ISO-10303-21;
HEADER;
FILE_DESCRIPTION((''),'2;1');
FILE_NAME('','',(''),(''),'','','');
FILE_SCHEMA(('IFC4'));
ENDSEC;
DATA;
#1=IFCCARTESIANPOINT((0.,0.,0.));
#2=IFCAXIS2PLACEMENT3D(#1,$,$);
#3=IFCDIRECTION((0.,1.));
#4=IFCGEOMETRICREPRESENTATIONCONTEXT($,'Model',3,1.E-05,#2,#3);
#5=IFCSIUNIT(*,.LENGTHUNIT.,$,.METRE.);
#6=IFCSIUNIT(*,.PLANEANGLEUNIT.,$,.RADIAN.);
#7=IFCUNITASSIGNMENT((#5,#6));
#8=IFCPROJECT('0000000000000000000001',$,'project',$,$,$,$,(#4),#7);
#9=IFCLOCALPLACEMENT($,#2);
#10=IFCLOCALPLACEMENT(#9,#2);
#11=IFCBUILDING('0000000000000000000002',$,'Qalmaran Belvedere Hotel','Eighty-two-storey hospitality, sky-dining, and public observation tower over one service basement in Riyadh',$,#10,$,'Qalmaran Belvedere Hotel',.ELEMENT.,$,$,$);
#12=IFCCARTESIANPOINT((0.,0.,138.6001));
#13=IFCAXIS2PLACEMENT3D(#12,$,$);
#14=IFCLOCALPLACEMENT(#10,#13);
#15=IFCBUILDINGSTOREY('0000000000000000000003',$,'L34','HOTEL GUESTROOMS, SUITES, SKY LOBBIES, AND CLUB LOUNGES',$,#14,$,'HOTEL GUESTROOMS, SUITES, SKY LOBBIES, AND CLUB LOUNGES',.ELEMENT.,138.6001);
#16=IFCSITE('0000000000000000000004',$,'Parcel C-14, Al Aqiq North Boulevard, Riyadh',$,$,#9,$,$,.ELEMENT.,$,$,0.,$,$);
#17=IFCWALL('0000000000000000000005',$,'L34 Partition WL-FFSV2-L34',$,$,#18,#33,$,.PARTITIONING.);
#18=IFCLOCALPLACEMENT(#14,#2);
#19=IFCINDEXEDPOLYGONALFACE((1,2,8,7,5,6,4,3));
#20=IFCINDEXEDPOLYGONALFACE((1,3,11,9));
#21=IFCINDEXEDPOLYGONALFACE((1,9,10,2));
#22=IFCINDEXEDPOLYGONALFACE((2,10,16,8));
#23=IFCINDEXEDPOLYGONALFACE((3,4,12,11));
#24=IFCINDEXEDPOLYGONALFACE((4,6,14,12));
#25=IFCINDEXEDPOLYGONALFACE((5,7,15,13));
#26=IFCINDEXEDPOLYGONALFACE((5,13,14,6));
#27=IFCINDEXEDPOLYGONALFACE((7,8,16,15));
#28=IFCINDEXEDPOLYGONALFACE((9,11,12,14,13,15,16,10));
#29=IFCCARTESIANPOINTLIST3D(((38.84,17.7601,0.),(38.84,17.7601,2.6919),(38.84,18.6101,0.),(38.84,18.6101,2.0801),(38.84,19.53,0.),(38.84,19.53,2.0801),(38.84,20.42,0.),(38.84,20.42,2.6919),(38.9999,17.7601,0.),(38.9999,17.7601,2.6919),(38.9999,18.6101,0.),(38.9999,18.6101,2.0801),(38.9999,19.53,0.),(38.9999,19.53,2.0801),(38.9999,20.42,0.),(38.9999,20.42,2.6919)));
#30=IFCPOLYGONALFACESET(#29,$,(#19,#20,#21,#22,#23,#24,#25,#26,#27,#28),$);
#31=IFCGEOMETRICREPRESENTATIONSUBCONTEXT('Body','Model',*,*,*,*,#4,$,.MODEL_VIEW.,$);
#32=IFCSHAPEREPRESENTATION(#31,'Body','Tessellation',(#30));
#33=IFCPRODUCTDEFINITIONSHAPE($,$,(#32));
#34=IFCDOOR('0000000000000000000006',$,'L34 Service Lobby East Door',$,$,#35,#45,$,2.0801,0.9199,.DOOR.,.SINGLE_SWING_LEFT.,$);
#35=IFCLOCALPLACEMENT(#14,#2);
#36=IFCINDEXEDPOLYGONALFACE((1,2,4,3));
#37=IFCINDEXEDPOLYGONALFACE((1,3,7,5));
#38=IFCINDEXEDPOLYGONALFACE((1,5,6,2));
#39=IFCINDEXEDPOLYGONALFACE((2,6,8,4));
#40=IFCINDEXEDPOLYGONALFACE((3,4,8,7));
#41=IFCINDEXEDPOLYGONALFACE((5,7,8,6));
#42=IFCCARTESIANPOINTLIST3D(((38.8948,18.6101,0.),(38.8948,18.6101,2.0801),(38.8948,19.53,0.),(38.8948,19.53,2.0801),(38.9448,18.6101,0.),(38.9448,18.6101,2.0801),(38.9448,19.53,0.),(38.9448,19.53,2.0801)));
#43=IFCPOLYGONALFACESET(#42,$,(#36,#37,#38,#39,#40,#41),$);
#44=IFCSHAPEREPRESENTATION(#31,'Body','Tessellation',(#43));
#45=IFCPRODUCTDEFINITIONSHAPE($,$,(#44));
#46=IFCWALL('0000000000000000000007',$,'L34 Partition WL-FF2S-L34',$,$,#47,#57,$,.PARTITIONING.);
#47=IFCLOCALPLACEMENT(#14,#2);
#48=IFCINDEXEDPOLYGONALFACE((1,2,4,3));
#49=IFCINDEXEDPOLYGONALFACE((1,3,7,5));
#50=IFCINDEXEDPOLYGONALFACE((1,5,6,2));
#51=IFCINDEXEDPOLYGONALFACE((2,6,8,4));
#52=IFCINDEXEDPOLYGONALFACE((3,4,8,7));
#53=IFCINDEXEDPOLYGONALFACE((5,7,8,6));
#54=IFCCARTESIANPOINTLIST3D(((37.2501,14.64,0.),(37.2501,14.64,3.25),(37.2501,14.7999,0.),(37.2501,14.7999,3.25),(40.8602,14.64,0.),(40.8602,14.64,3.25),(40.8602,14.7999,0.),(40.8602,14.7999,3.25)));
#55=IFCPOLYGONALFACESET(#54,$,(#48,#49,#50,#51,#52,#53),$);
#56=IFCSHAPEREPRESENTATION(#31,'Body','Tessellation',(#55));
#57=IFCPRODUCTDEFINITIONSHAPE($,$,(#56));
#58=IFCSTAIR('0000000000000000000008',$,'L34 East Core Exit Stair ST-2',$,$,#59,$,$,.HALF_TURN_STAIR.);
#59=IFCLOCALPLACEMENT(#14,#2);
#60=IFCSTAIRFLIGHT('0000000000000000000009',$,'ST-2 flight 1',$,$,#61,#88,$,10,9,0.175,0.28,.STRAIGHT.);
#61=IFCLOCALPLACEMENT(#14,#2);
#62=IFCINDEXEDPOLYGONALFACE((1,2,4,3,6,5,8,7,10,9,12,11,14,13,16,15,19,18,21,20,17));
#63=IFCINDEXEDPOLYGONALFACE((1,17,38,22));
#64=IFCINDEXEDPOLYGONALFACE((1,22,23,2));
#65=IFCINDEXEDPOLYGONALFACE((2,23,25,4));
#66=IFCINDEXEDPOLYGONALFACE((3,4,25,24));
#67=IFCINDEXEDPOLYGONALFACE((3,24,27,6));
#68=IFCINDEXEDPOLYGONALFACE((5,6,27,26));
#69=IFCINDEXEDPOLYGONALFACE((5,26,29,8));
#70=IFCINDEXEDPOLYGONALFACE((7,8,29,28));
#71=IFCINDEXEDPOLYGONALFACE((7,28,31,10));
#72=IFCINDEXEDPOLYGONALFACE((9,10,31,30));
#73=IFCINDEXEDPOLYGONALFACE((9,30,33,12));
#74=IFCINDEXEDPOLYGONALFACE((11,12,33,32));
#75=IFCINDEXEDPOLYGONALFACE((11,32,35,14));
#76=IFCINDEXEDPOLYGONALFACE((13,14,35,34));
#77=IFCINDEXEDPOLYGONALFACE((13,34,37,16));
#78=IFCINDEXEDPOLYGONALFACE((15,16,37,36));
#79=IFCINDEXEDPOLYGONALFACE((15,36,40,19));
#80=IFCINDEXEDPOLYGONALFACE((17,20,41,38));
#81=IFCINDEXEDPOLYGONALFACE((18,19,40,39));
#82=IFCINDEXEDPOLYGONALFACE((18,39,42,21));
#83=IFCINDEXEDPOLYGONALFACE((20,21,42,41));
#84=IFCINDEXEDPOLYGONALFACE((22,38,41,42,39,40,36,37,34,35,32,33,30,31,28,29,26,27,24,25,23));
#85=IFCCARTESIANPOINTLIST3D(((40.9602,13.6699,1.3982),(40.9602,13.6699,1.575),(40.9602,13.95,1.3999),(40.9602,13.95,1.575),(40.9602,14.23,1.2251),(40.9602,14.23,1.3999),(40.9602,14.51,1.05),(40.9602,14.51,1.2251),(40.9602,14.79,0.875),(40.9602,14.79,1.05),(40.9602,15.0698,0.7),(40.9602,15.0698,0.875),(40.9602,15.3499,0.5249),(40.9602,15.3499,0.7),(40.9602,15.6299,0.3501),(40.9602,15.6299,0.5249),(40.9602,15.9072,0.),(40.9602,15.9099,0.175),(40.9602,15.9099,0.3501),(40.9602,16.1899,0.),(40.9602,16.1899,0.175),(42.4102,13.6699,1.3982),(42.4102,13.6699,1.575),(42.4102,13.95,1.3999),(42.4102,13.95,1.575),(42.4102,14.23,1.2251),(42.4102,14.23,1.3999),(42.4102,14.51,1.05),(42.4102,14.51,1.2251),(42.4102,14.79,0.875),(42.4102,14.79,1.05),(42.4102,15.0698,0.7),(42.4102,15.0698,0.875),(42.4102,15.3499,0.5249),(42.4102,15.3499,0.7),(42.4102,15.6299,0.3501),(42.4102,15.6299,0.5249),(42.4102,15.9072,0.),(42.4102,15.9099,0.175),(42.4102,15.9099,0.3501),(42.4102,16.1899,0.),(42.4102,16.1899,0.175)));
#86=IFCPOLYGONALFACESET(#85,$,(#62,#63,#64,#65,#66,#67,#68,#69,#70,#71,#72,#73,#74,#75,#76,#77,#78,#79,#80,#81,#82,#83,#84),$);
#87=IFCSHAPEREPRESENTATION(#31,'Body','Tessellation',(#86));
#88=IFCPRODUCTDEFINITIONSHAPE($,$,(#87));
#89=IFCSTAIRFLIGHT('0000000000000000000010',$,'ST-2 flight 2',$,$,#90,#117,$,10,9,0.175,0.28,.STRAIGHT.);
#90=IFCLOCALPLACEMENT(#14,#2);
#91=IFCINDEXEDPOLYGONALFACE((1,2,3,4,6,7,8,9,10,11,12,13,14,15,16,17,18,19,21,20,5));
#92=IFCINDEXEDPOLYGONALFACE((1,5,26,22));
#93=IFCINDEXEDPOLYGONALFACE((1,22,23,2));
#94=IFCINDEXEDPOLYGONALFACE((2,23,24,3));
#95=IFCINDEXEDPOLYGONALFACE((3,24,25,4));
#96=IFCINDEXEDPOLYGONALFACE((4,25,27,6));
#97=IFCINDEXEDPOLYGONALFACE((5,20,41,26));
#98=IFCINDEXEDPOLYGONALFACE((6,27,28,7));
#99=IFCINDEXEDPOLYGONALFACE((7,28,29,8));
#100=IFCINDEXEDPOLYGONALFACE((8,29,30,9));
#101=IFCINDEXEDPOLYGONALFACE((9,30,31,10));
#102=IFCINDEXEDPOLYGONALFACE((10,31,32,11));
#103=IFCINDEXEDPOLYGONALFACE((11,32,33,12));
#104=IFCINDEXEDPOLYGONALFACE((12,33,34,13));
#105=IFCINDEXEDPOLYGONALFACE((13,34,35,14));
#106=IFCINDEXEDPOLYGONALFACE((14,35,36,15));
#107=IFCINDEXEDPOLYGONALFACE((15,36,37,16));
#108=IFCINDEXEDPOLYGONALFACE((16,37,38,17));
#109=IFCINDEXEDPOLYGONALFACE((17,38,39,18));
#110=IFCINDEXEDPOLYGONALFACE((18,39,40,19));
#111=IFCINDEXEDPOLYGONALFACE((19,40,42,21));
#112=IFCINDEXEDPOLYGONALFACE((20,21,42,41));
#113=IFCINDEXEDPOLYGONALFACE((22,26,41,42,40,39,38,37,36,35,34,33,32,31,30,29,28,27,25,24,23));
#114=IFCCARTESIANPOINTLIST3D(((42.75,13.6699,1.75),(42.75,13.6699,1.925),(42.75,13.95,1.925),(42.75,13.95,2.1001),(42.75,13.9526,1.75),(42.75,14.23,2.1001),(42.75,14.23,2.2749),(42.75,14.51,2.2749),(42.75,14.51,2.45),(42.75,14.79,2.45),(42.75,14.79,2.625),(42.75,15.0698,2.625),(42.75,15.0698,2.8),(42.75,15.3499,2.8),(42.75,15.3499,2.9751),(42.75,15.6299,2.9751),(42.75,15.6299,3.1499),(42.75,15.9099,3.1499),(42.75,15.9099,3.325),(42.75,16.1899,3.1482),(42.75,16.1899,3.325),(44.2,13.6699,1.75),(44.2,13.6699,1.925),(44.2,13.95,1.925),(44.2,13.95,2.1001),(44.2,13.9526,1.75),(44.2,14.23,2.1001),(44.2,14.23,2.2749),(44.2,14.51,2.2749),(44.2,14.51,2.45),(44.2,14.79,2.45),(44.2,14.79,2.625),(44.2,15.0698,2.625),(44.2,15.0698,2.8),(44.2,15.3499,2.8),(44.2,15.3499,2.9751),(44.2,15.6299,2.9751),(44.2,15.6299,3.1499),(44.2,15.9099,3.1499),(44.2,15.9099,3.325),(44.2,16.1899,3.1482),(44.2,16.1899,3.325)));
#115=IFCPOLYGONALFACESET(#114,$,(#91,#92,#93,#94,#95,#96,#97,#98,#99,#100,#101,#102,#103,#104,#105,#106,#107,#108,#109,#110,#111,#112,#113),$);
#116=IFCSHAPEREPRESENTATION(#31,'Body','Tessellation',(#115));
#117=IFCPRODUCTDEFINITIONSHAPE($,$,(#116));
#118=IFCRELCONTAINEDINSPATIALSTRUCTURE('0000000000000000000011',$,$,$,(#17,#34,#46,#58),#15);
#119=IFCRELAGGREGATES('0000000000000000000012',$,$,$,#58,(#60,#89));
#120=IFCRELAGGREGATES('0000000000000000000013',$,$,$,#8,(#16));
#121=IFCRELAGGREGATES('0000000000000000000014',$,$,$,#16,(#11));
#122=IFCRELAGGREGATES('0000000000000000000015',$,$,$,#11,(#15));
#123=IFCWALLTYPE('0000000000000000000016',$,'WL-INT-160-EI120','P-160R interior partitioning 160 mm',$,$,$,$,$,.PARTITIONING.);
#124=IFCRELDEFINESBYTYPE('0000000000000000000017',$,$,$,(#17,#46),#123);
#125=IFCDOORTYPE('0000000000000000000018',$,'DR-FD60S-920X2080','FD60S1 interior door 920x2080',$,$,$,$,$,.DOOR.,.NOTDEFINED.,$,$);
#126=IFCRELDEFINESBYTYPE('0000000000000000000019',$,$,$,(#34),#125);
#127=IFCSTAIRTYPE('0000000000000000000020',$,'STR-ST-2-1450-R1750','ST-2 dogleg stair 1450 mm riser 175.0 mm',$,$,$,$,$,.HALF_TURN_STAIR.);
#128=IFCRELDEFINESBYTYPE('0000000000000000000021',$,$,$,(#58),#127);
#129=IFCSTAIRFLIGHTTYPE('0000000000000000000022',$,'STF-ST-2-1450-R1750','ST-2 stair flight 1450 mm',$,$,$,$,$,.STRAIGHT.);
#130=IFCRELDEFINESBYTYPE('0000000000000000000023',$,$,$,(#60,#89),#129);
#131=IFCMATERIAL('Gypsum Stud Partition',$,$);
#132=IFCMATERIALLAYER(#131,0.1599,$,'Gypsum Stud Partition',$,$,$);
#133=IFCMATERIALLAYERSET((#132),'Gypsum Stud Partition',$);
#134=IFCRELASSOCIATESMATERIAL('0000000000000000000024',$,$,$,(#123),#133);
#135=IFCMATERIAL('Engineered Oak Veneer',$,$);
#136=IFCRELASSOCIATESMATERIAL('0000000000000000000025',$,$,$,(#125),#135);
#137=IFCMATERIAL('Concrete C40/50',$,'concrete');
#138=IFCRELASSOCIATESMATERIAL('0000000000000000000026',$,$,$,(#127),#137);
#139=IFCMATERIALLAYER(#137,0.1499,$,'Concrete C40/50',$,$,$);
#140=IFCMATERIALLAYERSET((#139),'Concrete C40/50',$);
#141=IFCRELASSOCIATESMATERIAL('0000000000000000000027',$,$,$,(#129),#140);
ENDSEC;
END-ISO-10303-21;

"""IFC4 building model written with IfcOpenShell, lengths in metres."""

from ifc_helpers import new_model, si_unit, direction, frame, frame_2d, origin, place, context, subcontext, project, spatial, polyline, rectangle, outline, extrude, material, layer, layer_set, type_object, element, fill, aggregate, save


model = new_model("IFC4")

# Units and contexts
model_context = context("Model", 3, precision=1e-05, world=origin(), true_north=direction((0.0, 1.0)))
body_context = subcontext(model_context, "Body", "Model", "MODEL_VIEW")
ifc_project = project(units=[si_unit("LENGTHUNIT", "METRE"), si_unit("PLANEANGLEUNIT", "RADIAN")], contexts=[model_context])

# Site, building, storey
site_placement = place(None, origin())
site = spatial("IfcSite", under=ifc_project, at=site_placement, Name="Parcel C-14, Al Aqiq North Boulevard, Riyadh", CompositionType="ELEMENT", RefElevation=0.0)
building_placement = place(site_placement, origin())
building = spatial("IfcBuilding", under=site, at=building_placement, Name="Qalmaran Belvedere Hotel", Description="Eighty-two-storey hospitality, sky-dining, and public observation tower over one service basement in Riyadh", LongName="Qalmaran Belvedere Hotel", CompositionType="ELEMENT")
storey_placement = place(building_placement, frame((0.0, 0.0, 138.6001)))
storey = spatial("IfcBuildingStorey", under=building, at=storey_placement, Name="L34", Description="HOTEL GUESTROOMS, SUITES, SKY LOBBIES, AND CLUB LOUNGES", LongName="HOTEL GUESTROOMS, SUITES, SKY LOBBIES, AND CLUB LOUNGES", CompositionType="ELEMENT", Elevation=138.6001)

# Shared definitions
ifc_material_1 = material(Name="Gypsum Stud Partition")

# Wall, opening, door
ifc_layer_1 = layer(ifc_material_1, 0.1599, Name="Gypsum Stud Partition")
ifc_layer_set_1 = layer_set([ifc_layer_1], Name="Gypsum Stud Partition")
wall_type_1 = type_object("IfcWallType", Name="WL-INT-160-EI120", Description="P-160R interior partitioning 160 mm", PredefinedType="PARTITIONING", material=ifc_layer_set_1)
wall_1_placement = place(storey_placement, frame((38.9199, 17.76, 0.0), z_axis=(0.0, 0.0, 1.0), x_axis=(0.0, 1.0, 0.0)))
wall_1 = element("IfcWall", 1, at=wall_1_placement, inside=storey, type_object=wall_type_1, Name="L34 Partition WL-FFSV2-L34", PredefinedType="PARTITIONING", context=body_context, shape_type="SweptSolid", body=[
    extrude(rectangle(XDim=2.6599, YDim=0.1599, at=frame_2d((1.3301, 0.0))), origin(), (0.0, 0.0, 1.0), 2.6919),
])
opening_1_placement = place(wall_1_placement, frame((1.77, 0.0, 0.0), z_axis=(0.0, 0.0, 1.0), x_axis=(-1.0, 0.0, 0.0)))
opening_1 = element("IfcOpeningElement", 2, at=opening_1_placement, cuts=wall_1, PredefinedType="OPENING", context=body_context, shape_type="SweptSolid", body=[
    extrude(rectangle(XDim=0.9199, YDim=2.0801, at=frame_2d((0.46, 1.04))), frame((0.0, 0.0898, 0.0), z_axis=(0.0, -1.0, 0.0), x_axis=(1.0, 0.0, 0.0)), (0.0, 0.0, 1.0), 0.1799),
])
ifc_material_2 = material(Name="Engineered Oak Veneer")
door_type_1 = type_object("IfcDoorType", Name="DR-FD60S-920X2080", Description="FD60S1 interior door 920x2080", OperationType="NOTDEFINED", PredefinedType="DOOR", material=ifc_material_2)
door_1_placement = place(opening_1_placement, origin())
door_1 = element("IfcDoor", 3, at=door_1_placement, inside=storey, type_object=door_type_1, Name="L34 Service Lobby East Door", OperationType="SINGLE_SWING_LEFT", OverallHeight=2.0801, OverallWidth=0.9199, PredefinedType="DOOR", context=body_context, shape_type="SweptSolid", body=[
    extrude(rectangle(XDim=0.9199, YDim=2.0801, at=frame_2d((0.46, 1.04))), frame((0.0, 0.0249, 0.0), z_axis=(0.0, -1.0, 0.0), x_axis=(1.0, 0.0, 0.0)), (0.0, 0.0, 1.0), 0.05),
])
fill(opening_1, door_1)

# Wall
wall_2_placement = place(storey_placement, frame((37.25, 14.72, 0.0), z_axis=(0.0, 0.0, 1.0), x_axis=(1.0, 0.0, 0.0)))
element("IfcWall", 4, at=wall_2_placement, inside=storey, type_object=wall_type_1, Name="L34 Partition WL-FF2S-L34", PredefinedType="PARTITIONING", context=body_context, shape_type="SweptSolid", body=[
    extrude(rectangle(XDim=3.6101, YDim=0.1599, at=frame_2d((1.8052, 0.0))), origin(), (0.0, 0.0, 1.0), 3.25),
])

# Stair, stair flights
ifc_material_3 = material(Name="Concrete C40/50", Category="concrete")
stair_type = type_object("IfcStairType", Name="STR-ST-2-1450-R1750", Description="ST-2 dogleg stair 1450 mm riser 175.0 mm", PredefinedType="HALF_TURN_STAIR", material=ifc_material_3)
stair_placement = place(storey_placement, origin())
stair = element("IfcStair", 5, at=stair_placement, inside=storey, type_object=stair_type, Name="L34 East Core Exit Stair ST-2", PredefinedType="HALF_TURN_STAIR")
ifc_layer_2 = layer(ifc_material_3, 0.1499, Name="Concrete C40/50")
ifc_layer_set_2 = layer_set([ifc_layer_2], Name="Concrete C40/50")
stair_flight_type = type_object("IfcStairFlightType", Name="STF-ST-2-1450-R1750", Description="ST-2 stair flight 1450 mm", PredefinedType="STRAIGHT", material=ifc_layer_set_2)
stair_flight_1_placement = place(storey_placement, frame((41.6851, 16.1899, 0.0), z_axis=(0.0, 0.0, 1.0), x_axis=(0.0, -1.0, 0.0)))
stair_flight_1 = element("IfcStairFlight", 6, at=stair_flight_1_placement, type_object=stair_flight_type, Name="ST-2 flight 1", NumberOfRisers=10, NumberOfTreads=9, PredefinedType="STRAIGHT", RiserHeight=0.175, TreadLength=0.28, context=body_context, shape_type="SweptSolid", body=[
    extrude(outline(polyline([(0.0, 0.0), (0.0, 0.175), (0.28, 0.175), (0.28, 0.3501), (0.5601, 0.3501), (0.5601, 0.5249), (0.8401, 0.5249), (0.8401, 0.7), (1.1201, 0.7), (1.1201, 0.875), (1.3999, 0.875), (1.3999, 1.05), (1.6799, 1.05), (1.6799, 1.2251), (1.96, 1.2251), (1.96, 1.3999), (2.24, 1.3999), (2.24, 1.575), (2.52, 1.575), (2.52, 1.75), (2.52, 1.3982), (0.2827, 0.0), (0.0, 0.0)])), frame((0.0, 0.7251, 0.0), z_axis=(0.0, -1.0, 0.0), x_axis=(1.0, 0.0, 0.0)), (0.0, 0.0, 1.0), 1.45),
])
stair_flight_2_placement = place(storey_placement, frame((43.4751, 13.6699, 1.75), z_axis=(0.0, 0.0, 1.0), x_axis=(0.0, 1.0, 0.0)))
stair_flight_2 = element("IfcStairFlight", 7, at=stair_flight_2_placement, type_object=stair_flight_type, Name="ST-2 flight 2", NumberOfRisers=10, NumberOfTreads=9, PredefinedType="STRAIGHT", RiserHeight=0.175, TreadLength=0.28, context=body_context, shape_type="SweptSolid", body=[
    extrude(outline(polyline([(0.0, 0.0), (0.0, 0.175), (0.28, 0.175), (0.28, 0.3501), (0.5601, 0.3501), (0.5601, 0.5249), (0.8401, 0.5249), (0.8401, 0.7), (1.1201, 0.7), (1.1201, 0.875), (1.3999, 0.875), (1.3999, 1.05), (1.6799, 1.05), (1.6799, 1.2251), (1.96, 1.2251), (1.96, 1.3999), (2.24, 1.3999), (2.24, 1.575), (2.52, 1.575), (2.52, 1.75), (2.52, 1.3982), (0.2827, 0.0), (0.0, 0.0)])), frame((0.0, 0.7251, 0.0), z_axis=(0.0, -1.0, 0.0), x_axis=(1.0, 0.0, 0.0)), (0.0, 0.0, 1.0), 1.45),
])
aggregate(stair, [stair_flight_1, stair_flight_2])

save(model, "model.ifc")
